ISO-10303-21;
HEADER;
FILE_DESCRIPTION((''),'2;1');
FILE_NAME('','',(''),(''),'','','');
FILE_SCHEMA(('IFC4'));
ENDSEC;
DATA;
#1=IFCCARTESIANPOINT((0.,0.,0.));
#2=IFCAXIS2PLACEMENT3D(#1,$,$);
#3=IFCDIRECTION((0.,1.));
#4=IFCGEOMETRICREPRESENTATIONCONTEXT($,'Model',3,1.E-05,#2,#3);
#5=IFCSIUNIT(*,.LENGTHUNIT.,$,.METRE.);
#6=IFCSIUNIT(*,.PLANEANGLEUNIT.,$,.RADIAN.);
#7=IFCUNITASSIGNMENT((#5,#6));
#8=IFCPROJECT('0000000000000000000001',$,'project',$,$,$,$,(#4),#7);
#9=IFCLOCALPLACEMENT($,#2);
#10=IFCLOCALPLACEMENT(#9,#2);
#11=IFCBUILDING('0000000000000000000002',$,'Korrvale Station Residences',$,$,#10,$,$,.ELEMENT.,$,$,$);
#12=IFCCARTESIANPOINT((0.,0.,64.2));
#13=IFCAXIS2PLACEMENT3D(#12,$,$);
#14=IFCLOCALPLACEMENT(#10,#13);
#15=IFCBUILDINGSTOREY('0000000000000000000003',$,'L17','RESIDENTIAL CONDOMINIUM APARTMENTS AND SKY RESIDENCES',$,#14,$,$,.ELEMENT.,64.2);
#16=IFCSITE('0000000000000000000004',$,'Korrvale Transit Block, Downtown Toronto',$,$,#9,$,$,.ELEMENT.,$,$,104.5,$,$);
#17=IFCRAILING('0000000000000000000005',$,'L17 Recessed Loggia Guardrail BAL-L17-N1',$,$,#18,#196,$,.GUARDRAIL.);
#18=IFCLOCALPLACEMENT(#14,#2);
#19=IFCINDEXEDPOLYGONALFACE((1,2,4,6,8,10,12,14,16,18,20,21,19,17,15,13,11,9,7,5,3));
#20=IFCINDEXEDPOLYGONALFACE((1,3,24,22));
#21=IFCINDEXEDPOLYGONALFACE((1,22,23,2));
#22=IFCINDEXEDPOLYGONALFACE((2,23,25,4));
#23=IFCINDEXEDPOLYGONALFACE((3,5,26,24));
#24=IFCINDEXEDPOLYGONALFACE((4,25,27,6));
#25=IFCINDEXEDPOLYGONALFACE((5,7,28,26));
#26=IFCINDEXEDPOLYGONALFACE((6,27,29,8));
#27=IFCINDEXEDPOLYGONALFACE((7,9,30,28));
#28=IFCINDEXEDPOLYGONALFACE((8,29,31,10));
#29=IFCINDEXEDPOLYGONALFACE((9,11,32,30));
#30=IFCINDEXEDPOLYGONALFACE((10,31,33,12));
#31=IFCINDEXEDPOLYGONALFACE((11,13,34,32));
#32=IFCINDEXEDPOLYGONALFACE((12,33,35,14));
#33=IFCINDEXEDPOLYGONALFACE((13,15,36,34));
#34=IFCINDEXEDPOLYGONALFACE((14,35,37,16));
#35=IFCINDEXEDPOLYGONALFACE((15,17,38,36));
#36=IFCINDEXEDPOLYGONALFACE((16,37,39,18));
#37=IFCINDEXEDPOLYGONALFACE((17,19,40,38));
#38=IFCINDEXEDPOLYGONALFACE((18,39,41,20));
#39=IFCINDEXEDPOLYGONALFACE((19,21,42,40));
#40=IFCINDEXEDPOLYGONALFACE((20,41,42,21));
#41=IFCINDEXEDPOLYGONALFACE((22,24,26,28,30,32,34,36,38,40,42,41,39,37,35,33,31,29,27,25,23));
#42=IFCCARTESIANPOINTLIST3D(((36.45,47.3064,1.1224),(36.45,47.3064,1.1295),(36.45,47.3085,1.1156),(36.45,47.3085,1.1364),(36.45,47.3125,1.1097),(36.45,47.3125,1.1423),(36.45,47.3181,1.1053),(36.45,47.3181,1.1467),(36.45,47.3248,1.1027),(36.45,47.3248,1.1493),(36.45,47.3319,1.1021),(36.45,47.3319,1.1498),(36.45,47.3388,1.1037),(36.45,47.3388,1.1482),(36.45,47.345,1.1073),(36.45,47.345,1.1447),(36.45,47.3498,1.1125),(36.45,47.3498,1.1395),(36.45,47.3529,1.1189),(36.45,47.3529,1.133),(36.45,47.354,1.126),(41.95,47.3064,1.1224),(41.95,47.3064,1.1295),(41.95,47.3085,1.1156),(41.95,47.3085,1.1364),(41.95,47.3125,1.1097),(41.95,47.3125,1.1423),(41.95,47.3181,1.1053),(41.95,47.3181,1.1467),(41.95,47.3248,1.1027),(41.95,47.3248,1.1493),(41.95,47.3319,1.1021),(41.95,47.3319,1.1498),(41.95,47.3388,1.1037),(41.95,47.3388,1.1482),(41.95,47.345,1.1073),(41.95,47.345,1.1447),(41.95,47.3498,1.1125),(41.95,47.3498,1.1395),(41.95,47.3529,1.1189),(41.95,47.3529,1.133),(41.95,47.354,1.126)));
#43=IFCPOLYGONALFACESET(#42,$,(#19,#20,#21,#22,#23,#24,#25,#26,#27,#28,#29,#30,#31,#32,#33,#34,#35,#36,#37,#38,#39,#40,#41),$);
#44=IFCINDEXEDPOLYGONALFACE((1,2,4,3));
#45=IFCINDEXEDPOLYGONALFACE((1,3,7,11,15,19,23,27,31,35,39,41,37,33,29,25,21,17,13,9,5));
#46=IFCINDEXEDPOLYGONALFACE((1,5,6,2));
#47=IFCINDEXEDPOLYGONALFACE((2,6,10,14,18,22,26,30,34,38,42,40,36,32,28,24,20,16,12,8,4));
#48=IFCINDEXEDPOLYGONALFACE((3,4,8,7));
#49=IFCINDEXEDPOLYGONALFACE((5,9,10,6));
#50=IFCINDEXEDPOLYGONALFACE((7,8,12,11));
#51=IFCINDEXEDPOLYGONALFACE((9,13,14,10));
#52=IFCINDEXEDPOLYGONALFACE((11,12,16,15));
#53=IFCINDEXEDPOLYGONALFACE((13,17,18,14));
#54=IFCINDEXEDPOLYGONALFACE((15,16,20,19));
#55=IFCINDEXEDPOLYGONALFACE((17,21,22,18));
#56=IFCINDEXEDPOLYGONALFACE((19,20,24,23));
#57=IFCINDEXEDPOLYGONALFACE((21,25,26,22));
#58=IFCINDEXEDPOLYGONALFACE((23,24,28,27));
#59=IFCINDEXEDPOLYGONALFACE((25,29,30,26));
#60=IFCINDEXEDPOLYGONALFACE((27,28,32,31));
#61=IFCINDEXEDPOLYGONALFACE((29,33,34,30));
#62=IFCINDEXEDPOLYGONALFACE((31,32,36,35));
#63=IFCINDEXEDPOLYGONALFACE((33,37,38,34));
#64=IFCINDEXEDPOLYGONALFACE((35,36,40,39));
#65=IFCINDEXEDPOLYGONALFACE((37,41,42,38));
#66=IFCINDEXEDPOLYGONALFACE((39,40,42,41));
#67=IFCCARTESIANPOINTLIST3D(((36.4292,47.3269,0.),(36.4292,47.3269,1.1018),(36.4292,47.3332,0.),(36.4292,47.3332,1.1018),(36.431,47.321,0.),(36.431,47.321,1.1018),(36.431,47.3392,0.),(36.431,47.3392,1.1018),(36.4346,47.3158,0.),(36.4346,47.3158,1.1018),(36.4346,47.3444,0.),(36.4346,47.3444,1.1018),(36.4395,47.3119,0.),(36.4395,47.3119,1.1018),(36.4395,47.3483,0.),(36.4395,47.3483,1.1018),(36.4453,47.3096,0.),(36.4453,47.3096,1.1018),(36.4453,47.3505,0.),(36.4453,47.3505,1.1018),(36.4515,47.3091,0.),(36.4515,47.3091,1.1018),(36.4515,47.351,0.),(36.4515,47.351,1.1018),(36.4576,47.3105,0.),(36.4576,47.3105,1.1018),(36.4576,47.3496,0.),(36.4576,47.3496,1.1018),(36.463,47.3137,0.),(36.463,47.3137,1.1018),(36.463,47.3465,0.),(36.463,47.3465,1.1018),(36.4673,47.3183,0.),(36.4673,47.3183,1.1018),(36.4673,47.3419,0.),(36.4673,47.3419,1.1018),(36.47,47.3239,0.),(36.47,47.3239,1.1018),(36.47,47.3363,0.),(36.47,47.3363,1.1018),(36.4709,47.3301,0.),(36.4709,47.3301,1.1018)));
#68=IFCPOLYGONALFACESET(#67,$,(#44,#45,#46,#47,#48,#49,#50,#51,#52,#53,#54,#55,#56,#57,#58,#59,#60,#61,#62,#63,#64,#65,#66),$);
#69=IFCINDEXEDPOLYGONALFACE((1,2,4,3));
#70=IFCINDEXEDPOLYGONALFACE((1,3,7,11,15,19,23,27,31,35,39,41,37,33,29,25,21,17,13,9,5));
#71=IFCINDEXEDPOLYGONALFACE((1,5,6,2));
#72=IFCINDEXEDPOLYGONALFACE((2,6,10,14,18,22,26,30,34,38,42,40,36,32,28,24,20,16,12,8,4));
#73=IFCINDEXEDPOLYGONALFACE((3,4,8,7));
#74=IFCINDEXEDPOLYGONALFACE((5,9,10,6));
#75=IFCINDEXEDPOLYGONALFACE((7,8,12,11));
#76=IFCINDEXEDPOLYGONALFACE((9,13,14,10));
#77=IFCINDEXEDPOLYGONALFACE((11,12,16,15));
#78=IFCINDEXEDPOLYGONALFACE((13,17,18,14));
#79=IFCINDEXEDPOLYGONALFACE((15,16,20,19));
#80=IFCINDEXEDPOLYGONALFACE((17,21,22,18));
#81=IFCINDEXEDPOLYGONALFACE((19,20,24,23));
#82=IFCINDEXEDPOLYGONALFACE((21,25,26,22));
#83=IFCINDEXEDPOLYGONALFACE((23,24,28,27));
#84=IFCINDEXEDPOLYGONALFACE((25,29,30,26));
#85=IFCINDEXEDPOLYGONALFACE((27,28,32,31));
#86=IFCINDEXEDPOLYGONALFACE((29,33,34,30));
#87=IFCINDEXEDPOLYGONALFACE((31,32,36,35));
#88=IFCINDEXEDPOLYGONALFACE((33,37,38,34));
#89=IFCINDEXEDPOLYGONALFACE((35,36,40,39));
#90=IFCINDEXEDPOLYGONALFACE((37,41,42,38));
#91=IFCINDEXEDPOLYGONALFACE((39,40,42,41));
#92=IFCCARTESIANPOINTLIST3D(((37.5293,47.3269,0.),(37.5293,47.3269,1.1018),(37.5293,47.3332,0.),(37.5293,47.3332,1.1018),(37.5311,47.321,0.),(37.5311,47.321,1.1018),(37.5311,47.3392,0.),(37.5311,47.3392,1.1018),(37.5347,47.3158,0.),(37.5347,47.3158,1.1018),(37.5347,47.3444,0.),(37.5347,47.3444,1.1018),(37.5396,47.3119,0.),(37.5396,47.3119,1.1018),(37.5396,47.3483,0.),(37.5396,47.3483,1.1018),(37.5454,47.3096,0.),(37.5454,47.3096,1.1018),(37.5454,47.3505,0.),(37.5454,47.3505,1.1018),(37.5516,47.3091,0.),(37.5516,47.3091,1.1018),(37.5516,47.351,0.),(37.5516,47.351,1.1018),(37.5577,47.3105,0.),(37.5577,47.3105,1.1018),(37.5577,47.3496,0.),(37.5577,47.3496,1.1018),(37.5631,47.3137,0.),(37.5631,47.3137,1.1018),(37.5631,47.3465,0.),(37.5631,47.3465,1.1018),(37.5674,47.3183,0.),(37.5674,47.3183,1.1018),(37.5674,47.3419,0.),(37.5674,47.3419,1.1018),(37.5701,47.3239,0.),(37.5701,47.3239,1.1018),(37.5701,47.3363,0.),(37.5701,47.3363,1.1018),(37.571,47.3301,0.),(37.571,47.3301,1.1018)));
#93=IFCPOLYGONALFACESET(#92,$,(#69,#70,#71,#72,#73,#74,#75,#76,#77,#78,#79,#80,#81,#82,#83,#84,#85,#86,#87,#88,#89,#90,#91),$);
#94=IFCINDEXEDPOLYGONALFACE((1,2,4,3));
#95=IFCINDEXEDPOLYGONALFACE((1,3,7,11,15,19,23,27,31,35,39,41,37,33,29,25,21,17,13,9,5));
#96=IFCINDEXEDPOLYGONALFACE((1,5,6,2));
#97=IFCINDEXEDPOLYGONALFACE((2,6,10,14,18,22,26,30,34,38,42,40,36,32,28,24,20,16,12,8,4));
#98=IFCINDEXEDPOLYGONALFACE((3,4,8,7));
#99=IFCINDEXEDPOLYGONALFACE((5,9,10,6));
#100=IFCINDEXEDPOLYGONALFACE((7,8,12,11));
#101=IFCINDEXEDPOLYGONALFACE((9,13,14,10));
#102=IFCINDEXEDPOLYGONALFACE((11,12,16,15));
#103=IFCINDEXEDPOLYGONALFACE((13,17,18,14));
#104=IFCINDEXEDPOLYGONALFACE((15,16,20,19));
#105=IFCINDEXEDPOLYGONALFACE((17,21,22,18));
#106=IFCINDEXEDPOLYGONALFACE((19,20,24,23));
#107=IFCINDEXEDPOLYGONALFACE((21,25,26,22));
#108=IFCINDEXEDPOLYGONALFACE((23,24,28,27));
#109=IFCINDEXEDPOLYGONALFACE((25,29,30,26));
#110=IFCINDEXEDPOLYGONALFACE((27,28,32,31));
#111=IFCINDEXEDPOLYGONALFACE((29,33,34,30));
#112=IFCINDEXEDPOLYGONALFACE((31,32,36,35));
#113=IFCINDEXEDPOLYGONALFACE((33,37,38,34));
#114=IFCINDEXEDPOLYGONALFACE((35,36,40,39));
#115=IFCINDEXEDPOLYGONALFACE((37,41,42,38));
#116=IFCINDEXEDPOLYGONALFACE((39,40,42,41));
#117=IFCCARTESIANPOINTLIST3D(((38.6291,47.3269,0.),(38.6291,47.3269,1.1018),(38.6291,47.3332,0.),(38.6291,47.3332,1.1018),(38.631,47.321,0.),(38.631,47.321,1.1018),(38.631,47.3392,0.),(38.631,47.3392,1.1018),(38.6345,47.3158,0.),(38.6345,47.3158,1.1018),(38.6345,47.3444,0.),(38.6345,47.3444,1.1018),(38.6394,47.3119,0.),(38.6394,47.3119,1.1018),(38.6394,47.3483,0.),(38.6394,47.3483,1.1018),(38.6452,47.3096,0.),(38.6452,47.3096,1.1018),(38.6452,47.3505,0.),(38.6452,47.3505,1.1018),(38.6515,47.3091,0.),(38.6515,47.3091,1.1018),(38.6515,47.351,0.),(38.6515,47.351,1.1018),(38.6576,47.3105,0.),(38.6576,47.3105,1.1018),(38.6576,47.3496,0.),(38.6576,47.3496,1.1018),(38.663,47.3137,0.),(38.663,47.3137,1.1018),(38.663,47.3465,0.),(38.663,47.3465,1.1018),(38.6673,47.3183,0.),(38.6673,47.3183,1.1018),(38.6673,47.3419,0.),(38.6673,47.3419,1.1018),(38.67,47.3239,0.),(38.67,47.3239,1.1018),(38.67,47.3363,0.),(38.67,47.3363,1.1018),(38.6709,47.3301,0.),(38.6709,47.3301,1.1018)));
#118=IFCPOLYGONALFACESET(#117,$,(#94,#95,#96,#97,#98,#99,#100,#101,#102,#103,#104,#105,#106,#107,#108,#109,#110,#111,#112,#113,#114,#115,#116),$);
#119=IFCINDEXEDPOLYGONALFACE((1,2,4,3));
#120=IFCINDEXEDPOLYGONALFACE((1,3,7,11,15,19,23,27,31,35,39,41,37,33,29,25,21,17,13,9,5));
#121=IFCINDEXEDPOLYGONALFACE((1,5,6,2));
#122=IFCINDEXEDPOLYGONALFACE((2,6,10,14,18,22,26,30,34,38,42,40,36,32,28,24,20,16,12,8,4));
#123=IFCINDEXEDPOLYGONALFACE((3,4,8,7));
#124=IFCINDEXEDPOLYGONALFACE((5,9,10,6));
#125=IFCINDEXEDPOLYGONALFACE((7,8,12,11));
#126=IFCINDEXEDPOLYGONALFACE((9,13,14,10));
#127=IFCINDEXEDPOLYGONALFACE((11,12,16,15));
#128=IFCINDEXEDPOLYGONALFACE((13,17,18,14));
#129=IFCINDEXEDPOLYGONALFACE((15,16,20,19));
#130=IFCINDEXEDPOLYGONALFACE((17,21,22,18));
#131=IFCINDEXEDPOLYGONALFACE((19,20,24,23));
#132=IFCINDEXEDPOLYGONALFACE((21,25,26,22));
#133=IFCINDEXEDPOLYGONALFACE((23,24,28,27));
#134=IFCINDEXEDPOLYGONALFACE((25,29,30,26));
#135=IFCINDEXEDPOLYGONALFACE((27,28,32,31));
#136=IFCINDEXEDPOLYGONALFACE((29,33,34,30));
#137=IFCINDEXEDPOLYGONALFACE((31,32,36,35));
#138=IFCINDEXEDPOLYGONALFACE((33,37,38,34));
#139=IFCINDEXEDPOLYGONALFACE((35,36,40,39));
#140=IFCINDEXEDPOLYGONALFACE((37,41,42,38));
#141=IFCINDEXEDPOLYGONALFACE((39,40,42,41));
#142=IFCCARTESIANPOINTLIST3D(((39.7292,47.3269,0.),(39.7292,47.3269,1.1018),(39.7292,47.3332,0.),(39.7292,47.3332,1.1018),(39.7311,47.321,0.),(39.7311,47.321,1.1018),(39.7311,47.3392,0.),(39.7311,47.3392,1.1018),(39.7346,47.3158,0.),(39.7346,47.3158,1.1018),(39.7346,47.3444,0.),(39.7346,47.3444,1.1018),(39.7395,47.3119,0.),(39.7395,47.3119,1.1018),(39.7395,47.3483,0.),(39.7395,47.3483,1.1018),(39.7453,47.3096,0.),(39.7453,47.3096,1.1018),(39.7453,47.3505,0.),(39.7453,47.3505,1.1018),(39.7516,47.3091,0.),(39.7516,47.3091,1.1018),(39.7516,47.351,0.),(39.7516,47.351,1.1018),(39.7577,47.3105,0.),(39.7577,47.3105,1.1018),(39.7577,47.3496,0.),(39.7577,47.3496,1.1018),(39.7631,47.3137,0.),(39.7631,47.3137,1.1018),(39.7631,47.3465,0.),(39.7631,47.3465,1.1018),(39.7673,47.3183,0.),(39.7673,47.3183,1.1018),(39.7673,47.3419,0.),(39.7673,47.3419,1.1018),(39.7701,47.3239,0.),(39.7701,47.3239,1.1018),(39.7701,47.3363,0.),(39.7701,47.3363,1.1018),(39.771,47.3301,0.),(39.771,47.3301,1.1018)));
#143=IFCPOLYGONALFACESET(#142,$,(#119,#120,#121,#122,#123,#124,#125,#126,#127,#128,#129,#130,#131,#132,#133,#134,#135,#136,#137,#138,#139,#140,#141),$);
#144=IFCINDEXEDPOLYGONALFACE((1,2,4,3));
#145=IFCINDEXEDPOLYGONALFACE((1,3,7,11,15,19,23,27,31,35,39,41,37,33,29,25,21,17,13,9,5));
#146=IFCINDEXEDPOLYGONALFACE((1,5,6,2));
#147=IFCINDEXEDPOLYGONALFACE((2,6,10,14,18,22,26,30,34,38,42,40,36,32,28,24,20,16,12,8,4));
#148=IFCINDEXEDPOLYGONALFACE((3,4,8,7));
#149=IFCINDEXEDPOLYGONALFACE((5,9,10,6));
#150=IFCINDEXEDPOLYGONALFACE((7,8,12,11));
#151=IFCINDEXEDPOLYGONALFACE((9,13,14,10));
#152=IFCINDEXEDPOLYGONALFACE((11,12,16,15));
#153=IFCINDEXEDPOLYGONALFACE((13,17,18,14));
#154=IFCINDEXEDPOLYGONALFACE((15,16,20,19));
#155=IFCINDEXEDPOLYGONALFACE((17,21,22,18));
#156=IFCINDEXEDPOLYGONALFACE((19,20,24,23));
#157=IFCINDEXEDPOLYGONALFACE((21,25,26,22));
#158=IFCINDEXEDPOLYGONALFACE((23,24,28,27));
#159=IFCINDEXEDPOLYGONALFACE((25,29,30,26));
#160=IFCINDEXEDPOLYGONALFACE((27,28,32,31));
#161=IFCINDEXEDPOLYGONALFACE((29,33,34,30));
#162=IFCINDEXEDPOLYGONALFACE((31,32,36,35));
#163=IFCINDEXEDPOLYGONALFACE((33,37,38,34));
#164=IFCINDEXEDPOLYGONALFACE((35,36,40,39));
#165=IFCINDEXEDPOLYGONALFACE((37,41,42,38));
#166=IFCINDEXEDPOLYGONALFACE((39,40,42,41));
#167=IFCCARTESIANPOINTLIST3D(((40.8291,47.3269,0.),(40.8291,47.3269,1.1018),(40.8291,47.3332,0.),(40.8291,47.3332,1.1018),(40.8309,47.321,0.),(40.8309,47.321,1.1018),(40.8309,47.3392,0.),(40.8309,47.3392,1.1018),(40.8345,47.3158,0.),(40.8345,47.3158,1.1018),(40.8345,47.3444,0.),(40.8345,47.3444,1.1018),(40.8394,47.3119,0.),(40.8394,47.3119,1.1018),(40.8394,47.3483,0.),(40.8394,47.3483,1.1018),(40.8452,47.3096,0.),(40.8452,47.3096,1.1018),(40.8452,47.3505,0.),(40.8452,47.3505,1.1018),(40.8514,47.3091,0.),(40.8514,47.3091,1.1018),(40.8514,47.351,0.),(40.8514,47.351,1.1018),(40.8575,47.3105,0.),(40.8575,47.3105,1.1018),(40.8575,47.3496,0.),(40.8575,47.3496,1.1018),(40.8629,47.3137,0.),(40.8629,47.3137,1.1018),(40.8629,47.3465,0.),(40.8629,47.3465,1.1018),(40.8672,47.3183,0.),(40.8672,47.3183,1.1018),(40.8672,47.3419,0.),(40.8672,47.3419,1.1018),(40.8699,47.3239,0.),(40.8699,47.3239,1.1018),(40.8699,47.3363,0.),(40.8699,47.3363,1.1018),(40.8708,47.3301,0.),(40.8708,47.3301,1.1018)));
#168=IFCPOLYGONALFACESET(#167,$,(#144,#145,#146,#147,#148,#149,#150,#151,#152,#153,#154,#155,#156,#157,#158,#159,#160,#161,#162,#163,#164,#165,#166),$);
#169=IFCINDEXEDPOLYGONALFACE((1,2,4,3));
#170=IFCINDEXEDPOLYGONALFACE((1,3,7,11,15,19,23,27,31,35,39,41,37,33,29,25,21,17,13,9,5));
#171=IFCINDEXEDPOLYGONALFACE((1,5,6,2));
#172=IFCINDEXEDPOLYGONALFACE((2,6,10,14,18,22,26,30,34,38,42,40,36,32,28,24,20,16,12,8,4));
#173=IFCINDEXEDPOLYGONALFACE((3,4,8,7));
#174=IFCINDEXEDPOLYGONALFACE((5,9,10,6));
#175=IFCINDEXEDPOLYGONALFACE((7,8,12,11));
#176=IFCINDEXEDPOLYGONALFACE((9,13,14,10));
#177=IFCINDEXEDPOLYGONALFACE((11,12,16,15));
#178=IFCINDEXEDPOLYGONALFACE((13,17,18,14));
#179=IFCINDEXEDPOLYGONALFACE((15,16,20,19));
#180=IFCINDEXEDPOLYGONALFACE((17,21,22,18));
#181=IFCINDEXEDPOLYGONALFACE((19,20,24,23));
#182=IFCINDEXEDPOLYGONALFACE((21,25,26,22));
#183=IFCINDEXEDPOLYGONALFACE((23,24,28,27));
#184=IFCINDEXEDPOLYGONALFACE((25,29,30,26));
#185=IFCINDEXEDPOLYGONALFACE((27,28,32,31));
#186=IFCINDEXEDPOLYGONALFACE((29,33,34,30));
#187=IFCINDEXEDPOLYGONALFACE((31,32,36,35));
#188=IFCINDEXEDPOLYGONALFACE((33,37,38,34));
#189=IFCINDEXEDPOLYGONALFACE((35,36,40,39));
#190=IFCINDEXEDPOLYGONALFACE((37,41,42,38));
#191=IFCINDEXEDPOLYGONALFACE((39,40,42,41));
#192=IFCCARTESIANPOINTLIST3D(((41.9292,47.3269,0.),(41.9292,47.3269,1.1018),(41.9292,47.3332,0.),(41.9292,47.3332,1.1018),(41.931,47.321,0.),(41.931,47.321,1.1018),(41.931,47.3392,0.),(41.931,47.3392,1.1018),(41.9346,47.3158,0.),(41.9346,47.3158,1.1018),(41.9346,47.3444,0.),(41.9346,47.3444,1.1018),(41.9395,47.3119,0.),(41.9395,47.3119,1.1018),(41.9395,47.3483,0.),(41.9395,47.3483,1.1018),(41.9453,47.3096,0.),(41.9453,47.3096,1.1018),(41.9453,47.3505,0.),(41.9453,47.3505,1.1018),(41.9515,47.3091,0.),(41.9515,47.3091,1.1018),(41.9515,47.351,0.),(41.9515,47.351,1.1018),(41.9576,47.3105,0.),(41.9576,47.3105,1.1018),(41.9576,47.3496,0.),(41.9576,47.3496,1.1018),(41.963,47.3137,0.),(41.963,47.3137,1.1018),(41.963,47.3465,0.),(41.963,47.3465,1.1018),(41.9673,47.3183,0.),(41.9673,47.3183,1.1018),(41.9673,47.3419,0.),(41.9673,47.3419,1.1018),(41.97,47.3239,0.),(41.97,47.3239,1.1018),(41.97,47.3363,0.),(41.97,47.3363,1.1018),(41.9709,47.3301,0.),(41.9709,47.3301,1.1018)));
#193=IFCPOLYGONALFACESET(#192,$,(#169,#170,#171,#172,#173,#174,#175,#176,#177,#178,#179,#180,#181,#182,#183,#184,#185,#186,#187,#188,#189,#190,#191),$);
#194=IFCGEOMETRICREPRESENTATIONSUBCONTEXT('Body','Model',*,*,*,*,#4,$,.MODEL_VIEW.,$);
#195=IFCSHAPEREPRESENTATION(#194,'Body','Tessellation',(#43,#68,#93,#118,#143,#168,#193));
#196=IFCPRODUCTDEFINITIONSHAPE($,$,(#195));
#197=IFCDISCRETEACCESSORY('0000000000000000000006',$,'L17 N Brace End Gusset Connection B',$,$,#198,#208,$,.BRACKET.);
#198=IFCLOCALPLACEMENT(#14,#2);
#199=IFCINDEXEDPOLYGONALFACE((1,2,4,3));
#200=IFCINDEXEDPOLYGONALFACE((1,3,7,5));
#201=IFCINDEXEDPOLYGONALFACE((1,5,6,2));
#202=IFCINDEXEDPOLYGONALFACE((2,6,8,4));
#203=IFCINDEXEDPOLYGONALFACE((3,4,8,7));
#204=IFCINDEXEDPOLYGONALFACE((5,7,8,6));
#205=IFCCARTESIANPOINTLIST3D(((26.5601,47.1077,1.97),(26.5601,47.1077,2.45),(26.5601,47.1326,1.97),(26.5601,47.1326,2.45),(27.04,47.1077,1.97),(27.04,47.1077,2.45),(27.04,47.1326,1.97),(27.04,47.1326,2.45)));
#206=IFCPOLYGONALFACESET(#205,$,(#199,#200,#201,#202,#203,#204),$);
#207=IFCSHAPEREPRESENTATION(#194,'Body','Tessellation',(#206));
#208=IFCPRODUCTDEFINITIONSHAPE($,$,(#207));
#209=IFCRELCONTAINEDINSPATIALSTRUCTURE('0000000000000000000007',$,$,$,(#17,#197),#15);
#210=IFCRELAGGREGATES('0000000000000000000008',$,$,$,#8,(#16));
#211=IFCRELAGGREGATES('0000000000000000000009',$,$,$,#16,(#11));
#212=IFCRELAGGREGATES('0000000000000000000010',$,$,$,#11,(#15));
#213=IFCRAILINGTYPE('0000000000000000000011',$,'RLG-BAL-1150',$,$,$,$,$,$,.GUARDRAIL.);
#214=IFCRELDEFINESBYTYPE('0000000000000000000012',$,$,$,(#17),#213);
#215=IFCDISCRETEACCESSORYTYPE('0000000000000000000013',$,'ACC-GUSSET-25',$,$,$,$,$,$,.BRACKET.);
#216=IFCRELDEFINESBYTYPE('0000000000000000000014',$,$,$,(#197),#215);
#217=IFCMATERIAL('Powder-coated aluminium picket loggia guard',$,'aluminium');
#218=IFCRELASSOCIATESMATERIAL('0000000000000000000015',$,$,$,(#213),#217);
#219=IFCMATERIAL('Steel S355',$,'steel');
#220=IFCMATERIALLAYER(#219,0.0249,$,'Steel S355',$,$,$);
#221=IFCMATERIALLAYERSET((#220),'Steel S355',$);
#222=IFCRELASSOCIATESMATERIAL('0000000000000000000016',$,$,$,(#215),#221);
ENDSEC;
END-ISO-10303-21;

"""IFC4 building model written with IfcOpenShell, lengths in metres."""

from ifc_helpers import new_model, si_unit, direction, frame, origin, origin_2d, place, context, subcontext, project, spatial, rectangle, circle, extrude, material, layer, layer_set, type_object, element, save


model = new_model("IFC4")

# Units and contexts
model_context = context("Model", 3, precision=1e-05, world=origin(), true_north=direction((0.0, 1.0)))
body_context = subcontext(model_context, "Body", "Model", "MODEL_VIEW")
ifc_project = project(units=[si_unit("LENGTHUNIT", "METRE"), si_unit("PLANEANGLEUNIT", "RADIAN")], contexts=[model_context])

# Site, building, storey
site_placement = place(None, origin())
site = spatial("IfcSite", under=ifc_project, at=site_placement, Name="Korrvale Transit Block, Downtown Toronto", CompositionType="ELEMENT", RefElevation=104.5)
building_placement = place(site_placement, origin())
building = spatial("IfcBuilding", under=site, at=building_placement, Name="Korrvale Station Residences", CompositionType="ELEMENT")
storey_placement = place(building_placement, frame((0.0, 0.0, 64.2)))
storey = spatial("IfcBuildingStorey", under=building, at=storey_placement, Name="L17", Description="RESIDENTIAL CONDOMINIUM APARTMENTS AND SKY RESIDENCES", CompositionType="ELEMENT", Elevation=64.2)

# Shared definitions
ifc_material_1 = material(Name="Steel S355", Category="steel")

# Railing
ifc_material_2 = material(Name="Powder-coated aluminium picket loggia guard", Category="aluminium")
railing_type = type_object("IfcRailingType", Name="RLG-BAL-1150", PredefinedType="GUARDRAIL", material=ifc_material_2)
railing_placement = place(storey_placement, frame((36.45, 47.3301, 0.0)))
element("IfcRailing", 1, at=railing_placement, inside=storey, type_object=railing_type, Name="L17 Recessed Loggia Guardrail BAL-L17-N1", PredefinedType="GUARDRAIL", context=body_context, shape_type="SweptSolid", body=[
    extrude(circle(Radius=0.0239, at=origin_2d()), frame((0.0, 0.0, 1.126), z_axis=(1.0, 0.0, 0.0), x_axis=(0.0, 1.0, 0.0)), (0.0, 0.0, 1.0), 5.5),
    extrude(circle(Radius=0.021, at=origin_2d()), origin(), (0.0, 0.0, 1.0), 1.1018),
    extrude(circle(Radius=0.021, at=origin_2d()), frame((1.1001, 0.0, 0.0)), (0.0, 0.0, 1.0), 1.1018),
    extrude(circle(Radius=0.021, at=origin_2d()), frame((2.2, 0.0, 0.0)), (0.0, 0.0, 1.0), 1.1018),
    extrude(circle(Radius=0.021, at=origin_2d()), frame((3.3, 0.0, 0.0)), (0.0, 0.0, 1.0), 1.1018),
    extrude(circle(Radius=0.021, at=origin_2d()), frame((4.3999, 0.0, 0.0)), (0.0, 0.0, 1.0), 1.1018),
    extrude(circle(Radius=0.021, at=origin_2d()), frame((5.5, 0.0, 0.0)), (0.0, 0.0, 1.0), 1.1018),
])

# Discrete accessory
ifc_layer_1 = layer(ifc_material_1, 0.0249, Name="Steel S355")
ifc_layer_set_1 = layer_set([ifc_layer_1], Name="Steel S355")
discrete_accessory_type = type_object("IfcDiscreteAccessoryType", Name="ACC-GUSSET-25", PredefinedType="BRACKET", material=ifc_layer_set_1)
discrete_accessory_placement = place(storey_placement, frame((26.8, 47.1201, 1.97), z_axis=(0.0, 0.0, 1.0), x_axis=(1.0, 0.0, 0.0)))
element("IfcDiscreteAccessory", 2, at=discrete_accessory_placement, inside=storey, type_object=discrete_accessory_type, Name="L17 N Brace End Gusset Connection B", PredefinedType="BRACKET", context=body_context, shape_type="SweptSolid", body=[
    extrude(rectangle(XDim=0.48, YDim=0.0249, at=origin_2d()), origin(), (0.0, 0.0, 1.0), 0.48),
])

save(model, "model.ifc")
